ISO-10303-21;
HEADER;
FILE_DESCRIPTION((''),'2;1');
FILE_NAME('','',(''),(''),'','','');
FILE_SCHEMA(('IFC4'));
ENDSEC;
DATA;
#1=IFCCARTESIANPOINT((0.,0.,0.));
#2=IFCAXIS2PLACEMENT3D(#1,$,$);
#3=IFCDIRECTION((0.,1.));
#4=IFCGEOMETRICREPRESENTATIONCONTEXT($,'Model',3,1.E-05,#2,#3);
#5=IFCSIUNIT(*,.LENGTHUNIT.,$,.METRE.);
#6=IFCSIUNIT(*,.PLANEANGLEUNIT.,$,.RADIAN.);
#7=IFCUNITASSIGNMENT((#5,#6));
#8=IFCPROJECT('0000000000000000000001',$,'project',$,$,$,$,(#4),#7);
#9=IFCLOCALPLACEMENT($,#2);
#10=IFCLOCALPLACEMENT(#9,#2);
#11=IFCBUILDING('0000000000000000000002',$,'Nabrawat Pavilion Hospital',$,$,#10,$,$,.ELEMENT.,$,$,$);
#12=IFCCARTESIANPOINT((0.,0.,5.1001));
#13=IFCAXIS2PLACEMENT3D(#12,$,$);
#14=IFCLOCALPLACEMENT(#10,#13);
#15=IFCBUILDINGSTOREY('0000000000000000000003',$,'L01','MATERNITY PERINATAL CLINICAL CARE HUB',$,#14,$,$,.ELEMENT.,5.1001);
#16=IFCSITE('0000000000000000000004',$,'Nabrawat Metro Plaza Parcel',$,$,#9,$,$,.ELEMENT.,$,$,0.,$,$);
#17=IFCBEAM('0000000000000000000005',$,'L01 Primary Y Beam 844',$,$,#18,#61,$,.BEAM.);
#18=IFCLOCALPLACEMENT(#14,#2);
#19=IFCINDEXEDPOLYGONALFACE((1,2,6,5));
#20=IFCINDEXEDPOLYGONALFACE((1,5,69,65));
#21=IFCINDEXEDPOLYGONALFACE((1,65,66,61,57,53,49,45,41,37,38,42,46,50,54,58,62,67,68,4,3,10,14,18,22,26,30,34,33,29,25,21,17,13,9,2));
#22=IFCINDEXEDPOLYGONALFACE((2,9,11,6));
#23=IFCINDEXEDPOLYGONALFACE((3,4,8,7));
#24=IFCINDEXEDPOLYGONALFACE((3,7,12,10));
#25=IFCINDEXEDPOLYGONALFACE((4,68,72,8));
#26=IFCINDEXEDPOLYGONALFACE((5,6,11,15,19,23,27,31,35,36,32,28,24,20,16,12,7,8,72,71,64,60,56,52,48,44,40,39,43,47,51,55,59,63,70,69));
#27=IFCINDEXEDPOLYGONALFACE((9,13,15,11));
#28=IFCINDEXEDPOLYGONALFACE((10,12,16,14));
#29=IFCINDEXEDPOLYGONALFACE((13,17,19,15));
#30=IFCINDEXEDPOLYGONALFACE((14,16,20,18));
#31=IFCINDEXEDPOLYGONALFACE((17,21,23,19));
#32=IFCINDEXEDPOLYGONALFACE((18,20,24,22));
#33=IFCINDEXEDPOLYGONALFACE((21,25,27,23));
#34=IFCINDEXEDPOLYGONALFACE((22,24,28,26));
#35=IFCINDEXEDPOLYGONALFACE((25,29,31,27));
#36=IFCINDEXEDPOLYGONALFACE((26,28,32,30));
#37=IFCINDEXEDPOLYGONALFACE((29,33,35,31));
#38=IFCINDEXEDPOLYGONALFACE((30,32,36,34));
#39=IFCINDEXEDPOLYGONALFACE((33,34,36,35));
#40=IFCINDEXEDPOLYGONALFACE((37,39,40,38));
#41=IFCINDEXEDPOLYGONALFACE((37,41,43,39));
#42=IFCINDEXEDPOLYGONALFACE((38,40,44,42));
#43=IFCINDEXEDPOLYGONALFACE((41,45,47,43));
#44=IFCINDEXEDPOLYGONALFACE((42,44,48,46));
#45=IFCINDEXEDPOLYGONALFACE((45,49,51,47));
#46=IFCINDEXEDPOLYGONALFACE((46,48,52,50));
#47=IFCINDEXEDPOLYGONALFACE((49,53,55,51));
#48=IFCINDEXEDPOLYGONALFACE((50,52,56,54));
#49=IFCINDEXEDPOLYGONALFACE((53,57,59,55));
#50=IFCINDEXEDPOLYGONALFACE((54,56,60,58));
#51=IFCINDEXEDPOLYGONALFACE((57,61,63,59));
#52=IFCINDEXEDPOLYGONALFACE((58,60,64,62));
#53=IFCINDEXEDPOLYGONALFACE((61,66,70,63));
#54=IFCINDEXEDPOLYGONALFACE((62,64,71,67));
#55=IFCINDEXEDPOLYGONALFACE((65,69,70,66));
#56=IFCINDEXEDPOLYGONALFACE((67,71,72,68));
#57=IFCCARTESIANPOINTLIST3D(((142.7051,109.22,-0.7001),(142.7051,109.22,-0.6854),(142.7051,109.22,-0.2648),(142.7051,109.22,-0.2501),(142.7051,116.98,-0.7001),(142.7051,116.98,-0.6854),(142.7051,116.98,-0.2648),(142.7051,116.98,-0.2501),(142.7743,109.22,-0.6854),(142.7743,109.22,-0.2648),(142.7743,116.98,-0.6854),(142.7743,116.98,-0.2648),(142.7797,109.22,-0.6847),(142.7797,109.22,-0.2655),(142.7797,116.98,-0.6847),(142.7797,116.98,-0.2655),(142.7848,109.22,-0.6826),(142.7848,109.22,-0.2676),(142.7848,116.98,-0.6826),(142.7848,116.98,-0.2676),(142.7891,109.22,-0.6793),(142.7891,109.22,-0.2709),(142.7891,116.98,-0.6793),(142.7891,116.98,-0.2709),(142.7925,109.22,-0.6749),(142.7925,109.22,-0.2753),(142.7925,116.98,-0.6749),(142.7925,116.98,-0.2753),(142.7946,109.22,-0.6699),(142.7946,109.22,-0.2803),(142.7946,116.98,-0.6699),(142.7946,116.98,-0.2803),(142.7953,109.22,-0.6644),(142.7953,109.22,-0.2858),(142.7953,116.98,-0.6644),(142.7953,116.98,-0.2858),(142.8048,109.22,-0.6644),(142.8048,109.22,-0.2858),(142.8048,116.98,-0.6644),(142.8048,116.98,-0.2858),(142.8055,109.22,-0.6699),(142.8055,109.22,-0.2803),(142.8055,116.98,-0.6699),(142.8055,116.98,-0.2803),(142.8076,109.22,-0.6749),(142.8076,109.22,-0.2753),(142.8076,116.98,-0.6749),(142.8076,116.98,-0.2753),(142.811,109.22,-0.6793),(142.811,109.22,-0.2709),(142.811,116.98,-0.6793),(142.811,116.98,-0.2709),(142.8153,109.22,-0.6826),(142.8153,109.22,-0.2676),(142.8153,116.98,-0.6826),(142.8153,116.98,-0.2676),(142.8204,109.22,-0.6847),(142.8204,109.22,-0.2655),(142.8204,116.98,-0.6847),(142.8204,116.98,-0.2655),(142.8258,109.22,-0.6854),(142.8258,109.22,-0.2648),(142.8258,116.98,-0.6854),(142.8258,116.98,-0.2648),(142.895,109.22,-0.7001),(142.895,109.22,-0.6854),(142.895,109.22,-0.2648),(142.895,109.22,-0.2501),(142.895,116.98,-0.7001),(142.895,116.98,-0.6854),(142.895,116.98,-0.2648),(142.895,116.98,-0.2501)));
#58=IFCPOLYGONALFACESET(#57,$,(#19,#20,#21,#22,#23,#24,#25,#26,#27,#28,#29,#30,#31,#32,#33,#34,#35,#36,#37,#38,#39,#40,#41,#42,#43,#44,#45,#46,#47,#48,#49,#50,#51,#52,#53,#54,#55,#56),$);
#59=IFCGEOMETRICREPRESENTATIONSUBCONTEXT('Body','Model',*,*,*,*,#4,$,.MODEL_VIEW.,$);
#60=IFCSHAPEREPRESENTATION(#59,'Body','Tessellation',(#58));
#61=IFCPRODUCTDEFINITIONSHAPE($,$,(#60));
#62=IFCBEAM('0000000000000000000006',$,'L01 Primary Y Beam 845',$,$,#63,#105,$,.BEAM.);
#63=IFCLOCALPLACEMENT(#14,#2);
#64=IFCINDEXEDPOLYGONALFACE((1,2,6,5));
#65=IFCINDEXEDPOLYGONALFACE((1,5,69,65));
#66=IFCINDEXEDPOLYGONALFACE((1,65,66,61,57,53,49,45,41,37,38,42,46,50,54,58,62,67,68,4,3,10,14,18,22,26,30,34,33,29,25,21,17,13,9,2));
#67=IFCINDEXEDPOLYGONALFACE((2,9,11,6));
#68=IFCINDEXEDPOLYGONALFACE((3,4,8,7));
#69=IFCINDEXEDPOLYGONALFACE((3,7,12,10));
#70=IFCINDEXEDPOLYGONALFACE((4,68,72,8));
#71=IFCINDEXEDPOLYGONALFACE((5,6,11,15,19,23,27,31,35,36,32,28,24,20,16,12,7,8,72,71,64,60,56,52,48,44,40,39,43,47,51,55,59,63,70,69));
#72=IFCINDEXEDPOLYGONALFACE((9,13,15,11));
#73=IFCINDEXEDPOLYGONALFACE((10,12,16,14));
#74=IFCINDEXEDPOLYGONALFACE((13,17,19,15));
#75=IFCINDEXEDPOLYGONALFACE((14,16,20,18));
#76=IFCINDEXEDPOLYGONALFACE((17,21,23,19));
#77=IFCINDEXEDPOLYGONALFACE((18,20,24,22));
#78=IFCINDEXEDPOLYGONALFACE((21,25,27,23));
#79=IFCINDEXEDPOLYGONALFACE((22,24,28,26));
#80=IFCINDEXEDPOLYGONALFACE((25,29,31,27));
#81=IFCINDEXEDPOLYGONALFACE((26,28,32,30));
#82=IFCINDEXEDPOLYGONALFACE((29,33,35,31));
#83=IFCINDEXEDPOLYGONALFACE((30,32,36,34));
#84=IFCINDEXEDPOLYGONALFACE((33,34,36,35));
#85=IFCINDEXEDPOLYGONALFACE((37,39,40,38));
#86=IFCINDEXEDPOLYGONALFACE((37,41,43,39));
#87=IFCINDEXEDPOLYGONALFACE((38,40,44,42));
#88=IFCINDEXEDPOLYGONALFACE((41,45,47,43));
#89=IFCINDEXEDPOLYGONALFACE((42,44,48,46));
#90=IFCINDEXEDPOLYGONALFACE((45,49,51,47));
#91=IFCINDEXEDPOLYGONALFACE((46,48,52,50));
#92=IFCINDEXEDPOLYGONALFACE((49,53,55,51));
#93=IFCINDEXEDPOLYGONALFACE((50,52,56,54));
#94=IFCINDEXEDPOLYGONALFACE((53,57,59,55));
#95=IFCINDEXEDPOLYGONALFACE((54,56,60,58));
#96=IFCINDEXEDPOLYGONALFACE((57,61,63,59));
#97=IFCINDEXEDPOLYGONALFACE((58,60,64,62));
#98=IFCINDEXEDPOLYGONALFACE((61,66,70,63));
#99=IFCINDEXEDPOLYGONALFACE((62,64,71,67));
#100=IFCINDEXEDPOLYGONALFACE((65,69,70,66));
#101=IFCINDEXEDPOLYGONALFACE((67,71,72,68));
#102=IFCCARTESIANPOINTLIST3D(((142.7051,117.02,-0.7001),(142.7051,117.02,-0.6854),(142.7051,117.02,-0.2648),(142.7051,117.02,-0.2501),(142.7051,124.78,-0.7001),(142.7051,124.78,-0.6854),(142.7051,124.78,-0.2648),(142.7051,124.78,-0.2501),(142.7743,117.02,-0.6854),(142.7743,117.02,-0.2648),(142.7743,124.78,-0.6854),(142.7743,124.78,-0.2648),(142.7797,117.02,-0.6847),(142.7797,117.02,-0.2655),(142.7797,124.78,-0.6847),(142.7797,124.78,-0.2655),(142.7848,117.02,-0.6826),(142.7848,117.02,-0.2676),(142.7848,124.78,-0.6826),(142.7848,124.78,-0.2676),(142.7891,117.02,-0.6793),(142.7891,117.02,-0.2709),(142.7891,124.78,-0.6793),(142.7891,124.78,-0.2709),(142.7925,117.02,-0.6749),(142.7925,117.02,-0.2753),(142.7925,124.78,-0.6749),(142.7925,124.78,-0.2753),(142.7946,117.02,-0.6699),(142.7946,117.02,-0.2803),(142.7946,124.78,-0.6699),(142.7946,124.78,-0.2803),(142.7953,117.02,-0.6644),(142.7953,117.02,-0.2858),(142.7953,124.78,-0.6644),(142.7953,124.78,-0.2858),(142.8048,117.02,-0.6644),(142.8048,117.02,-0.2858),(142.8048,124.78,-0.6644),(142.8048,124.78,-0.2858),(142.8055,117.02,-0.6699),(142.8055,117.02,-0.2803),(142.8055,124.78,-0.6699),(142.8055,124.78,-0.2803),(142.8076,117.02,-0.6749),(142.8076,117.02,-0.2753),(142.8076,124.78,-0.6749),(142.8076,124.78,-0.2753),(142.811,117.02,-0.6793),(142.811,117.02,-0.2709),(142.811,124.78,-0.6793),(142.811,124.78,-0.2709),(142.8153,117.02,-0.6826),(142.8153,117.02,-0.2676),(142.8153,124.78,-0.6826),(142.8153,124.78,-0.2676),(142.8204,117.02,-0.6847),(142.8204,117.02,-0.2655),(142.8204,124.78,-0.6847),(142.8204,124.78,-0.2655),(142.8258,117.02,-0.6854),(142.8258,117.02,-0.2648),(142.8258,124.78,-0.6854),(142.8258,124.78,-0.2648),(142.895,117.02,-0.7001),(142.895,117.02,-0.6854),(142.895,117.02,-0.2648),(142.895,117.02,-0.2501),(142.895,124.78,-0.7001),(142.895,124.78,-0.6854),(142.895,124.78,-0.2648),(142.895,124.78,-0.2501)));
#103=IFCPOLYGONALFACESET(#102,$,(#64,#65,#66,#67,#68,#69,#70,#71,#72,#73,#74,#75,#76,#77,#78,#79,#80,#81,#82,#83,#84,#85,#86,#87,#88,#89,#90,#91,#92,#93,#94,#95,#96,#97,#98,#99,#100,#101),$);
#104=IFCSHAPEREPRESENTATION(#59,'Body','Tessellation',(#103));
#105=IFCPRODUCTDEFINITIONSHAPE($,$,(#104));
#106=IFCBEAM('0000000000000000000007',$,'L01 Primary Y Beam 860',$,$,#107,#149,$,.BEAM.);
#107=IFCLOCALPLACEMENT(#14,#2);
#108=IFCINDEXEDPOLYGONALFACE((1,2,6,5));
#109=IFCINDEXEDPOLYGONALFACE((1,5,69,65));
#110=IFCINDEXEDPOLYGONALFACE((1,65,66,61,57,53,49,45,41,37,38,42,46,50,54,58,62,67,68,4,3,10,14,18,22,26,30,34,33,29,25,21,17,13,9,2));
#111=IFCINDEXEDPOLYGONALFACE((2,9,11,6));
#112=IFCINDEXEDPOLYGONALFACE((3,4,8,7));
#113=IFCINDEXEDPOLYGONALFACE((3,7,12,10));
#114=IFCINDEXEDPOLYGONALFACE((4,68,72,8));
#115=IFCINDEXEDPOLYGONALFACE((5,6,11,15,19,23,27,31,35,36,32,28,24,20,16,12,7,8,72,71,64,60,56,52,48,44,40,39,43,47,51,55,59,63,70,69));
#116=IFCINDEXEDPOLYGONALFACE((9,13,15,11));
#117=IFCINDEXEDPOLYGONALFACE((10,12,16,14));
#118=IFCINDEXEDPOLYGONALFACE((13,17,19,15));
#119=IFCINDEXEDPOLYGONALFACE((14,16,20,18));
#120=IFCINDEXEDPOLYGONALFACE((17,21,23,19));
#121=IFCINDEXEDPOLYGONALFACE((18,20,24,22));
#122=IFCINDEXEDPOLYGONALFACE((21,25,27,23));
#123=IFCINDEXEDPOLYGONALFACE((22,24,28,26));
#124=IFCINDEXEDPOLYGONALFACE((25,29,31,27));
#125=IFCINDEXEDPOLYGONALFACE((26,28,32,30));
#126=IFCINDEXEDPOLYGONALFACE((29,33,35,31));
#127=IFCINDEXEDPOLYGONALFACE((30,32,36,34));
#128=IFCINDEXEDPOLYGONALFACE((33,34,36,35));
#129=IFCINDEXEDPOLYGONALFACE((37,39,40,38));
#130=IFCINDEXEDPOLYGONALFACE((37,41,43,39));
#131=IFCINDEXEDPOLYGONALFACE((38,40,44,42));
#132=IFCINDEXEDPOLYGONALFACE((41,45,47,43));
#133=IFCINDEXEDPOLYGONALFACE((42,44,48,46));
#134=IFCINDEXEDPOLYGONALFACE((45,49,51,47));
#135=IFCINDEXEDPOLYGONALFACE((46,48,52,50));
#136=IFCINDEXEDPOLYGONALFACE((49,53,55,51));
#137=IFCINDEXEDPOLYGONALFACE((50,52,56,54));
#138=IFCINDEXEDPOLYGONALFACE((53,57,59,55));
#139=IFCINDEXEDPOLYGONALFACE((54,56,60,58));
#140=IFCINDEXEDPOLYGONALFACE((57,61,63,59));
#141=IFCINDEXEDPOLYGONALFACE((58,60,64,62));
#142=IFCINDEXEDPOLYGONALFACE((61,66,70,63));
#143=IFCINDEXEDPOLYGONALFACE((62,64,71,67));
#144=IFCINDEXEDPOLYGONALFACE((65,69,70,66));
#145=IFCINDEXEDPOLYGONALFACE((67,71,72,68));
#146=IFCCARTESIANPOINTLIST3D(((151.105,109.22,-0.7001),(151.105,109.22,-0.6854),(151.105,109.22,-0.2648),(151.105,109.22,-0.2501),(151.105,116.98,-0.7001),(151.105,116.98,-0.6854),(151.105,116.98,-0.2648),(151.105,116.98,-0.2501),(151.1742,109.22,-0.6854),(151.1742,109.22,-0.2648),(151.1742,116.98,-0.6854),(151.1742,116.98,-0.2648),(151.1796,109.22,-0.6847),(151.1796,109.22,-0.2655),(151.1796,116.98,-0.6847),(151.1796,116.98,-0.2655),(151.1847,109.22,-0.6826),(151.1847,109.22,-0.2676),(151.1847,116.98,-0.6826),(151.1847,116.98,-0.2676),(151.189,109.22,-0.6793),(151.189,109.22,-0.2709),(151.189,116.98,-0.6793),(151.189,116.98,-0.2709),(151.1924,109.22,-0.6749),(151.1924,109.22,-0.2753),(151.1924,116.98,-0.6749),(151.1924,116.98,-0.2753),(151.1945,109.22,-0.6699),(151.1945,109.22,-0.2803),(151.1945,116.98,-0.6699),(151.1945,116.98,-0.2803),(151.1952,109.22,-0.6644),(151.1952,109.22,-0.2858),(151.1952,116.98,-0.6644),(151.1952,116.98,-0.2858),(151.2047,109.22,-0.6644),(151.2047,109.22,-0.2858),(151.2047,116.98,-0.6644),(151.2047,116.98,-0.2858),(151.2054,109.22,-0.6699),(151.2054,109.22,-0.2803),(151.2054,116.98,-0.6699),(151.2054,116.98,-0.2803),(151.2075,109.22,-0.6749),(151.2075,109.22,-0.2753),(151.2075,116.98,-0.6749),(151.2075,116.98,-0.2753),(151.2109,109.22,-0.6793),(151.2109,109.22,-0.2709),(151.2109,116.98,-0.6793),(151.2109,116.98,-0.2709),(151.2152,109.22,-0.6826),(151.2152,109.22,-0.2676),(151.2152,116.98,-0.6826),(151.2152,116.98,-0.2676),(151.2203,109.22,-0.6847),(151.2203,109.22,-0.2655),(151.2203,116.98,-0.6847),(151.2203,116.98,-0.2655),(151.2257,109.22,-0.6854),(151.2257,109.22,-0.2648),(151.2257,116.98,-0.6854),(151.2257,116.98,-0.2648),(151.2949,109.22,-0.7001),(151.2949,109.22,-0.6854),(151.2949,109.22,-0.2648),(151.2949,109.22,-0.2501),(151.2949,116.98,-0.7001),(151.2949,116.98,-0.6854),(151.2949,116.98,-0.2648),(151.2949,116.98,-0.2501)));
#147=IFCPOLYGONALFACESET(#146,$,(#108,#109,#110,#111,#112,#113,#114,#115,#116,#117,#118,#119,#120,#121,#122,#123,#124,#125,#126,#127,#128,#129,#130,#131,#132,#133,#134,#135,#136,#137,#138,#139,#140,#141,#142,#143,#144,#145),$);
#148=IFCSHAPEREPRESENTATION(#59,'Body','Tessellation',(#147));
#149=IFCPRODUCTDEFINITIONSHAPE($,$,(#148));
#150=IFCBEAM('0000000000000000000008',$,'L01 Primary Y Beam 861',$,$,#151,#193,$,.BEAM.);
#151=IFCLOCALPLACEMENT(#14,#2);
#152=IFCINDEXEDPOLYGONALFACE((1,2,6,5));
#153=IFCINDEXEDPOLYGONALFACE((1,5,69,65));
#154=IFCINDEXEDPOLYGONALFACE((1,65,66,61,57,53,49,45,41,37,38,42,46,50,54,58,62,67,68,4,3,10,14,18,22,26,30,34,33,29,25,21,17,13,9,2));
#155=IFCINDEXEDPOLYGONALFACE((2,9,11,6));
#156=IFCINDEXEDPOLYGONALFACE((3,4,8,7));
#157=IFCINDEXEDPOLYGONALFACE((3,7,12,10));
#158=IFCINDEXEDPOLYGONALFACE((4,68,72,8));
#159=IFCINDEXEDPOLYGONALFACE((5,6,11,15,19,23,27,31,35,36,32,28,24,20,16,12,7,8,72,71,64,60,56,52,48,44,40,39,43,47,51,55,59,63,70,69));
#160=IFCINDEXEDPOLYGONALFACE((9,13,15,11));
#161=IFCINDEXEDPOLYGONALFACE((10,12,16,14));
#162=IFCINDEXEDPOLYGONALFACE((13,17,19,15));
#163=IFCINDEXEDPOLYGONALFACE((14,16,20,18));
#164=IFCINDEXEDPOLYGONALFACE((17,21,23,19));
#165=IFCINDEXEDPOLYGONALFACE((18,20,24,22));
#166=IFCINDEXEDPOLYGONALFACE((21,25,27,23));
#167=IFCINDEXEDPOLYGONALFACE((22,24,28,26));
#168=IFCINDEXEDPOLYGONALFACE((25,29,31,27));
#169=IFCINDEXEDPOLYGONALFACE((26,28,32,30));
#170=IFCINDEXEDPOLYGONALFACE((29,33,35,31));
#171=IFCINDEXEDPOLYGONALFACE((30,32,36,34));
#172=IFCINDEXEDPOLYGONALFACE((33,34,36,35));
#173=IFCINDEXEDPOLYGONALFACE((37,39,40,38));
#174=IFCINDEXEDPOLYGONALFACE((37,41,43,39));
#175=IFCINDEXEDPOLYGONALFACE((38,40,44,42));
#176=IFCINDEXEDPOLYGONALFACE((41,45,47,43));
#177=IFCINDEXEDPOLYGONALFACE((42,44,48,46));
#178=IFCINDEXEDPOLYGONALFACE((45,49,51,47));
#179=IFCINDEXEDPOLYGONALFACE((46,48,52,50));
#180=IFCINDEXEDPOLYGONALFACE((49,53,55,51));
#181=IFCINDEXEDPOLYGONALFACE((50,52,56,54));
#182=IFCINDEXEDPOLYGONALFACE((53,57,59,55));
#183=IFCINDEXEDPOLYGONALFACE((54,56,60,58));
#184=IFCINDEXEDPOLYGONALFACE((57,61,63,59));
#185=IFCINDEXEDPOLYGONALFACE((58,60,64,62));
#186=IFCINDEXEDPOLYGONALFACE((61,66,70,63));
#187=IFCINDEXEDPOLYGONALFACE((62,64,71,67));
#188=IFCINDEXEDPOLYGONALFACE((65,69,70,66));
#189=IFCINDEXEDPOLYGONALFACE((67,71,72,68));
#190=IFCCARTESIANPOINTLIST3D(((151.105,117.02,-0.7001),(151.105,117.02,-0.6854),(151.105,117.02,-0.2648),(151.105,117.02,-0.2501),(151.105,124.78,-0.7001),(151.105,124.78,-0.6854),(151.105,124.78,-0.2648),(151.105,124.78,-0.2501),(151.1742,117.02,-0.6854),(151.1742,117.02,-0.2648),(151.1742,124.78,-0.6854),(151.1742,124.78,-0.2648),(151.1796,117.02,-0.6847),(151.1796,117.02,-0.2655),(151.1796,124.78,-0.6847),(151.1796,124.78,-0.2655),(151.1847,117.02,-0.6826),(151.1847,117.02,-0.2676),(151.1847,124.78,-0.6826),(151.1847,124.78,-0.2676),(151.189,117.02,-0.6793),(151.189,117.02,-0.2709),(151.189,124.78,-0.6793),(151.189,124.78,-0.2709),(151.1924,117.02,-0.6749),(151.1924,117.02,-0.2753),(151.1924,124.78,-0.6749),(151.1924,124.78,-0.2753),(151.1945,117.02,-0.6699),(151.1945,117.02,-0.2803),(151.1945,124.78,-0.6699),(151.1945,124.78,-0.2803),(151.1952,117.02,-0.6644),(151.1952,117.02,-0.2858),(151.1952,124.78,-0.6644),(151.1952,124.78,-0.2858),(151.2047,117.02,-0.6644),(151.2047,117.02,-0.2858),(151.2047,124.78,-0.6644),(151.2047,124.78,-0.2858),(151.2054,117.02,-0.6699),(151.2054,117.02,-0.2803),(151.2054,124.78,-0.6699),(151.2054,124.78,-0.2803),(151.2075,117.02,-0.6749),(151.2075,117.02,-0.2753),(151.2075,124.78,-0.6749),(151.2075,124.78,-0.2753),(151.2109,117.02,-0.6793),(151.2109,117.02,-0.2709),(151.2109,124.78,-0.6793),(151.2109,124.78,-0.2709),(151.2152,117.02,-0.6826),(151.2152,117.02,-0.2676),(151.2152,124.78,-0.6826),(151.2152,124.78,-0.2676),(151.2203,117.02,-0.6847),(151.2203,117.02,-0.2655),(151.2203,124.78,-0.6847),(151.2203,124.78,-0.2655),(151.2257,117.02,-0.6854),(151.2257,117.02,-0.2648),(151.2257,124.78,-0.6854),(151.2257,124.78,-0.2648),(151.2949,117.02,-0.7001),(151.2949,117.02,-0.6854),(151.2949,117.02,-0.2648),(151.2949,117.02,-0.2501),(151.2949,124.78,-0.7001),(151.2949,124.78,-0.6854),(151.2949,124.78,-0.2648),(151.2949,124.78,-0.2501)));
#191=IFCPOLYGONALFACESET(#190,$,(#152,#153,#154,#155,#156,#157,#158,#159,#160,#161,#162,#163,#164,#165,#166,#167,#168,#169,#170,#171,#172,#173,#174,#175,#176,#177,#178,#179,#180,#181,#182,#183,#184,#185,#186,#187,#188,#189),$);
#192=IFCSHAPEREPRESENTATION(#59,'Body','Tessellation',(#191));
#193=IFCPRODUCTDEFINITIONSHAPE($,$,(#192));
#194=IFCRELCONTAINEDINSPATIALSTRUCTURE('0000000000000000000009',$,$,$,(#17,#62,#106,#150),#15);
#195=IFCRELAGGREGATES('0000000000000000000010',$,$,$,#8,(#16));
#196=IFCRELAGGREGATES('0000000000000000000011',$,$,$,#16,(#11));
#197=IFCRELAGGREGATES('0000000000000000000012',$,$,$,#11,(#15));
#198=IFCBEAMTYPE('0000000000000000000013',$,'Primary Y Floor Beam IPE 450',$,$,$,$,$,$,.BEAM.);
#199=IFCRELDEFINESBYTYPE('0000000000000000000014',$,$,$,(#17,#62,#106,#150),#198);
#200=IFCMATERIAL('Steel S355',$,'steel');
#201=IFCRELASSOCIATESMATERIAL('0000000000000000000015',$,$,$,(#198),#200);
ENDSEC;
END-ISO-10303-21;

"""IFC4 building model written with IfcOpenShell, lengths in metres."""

from ifc_helpers import new_model, si_unit, direction, frame, origin, origin_2d, place, context, subcontext, project, spatial, i_section, extrude, material, material_profile, profile_set, type_object, element, save


model = new_model("IFC4")

# Units and contexts
model_context = context("Model", 3, precision=1e-05, world=origin(), true_north=direction((0.0, 1.0)))
body_context = subcontext(model_context, "Body", "Model", "MODEL_VIEW")
ifc_project = project(units=[si_unit("LENGTHUNIT", "METRE"), si_unit("PLANEANGLEUNIT", "RADIAN")], contexts=[model_context])

# Site, building, storey
site_placement = place(None, origin())
site = spatial("IfcSite", under=ifc_project, at=site_placement, Name="Nabrawat Metro Plaza Parcel", CompositionType="ELEMENT", RefElevation=0.0)
building_placement = place(site_placement, origin())
building = spatial("IfcBuilding", under=site, at=building_placement, Name="Nabrawat Pavilion Hospital", CompositionType="ELEMENT")
storey_placement = place(building_placement, frame((0.0, 0.0, 5.1001)))
storey = spatial("IfcBuildingStorey", under=building, at=storey_placement, Name="L01", Description="MATERNITY PERINATAL CLINICAL CARE HUB", CompositionType="ELEMENT", Elevation=5.1001)

# Shared definitions
ifc_material_1 = material(Name="Steel S355", Category="steel")

# Beams
ifc_material_profile_1 = material_profile(ifc_material_1, i_section(OverallWidth=0.1899, OverallDepth=0.45, WebThickness=0.0095, FlangeThickness=0.0146, FilletRadius=0.021, at=origin_2d()), Name="IPE 450")
ifc_profile_set_1 = profile_set([ifc_material_profile_1], Name="Steel S355")
beam_type_1 = type_object("IfcBeamType", Name="Primary Y Floor Beam IPE 450", PredefinedType="BEAM", material=ifc_profile_set_1)
for number, where, z_axis, x_axis, name in (
    (1, (142.8, 109.22, -0.4751), (0.0, 1.0, 0.0), (-1.0, 0.0, 0.0), "L01 Primary Y Beam 844"),
    (2, (142.8, 117.02, -0.4751), (0.0, 1.0, 0.0), (-1.0, 0.0, 0.0), "L01 Primary Y Beam 845"),
    (3, (151.2, 109.22, -0.4751), (0.0, 1.0, 0.0), (-1.0, 0.0, 0.0), "L01 Primary Y Beam 860"),
    (4, (151.2, 117.02, -0.4751), (0.0, 1.0, 0.0), (-1.0, 0.0, 0.0), "L01 Primary Y Beam 861"),
):
    element("IfcBeam", number, at=place(storey_placement, frame(where, z_axis=z_axis, x_axis=x_axis)), inside=storey, type_object=beam_type_1, Name=name, PredefinedType="BEAM", context=body_context, shape_type="SweptSolid", body=[
        extrude(i_section(OverallWidth=0.1899, OverallDepth=0.45, WebThickness=0.0095, FlangeThickness=0.0146, FilletRadius=0.021, at=origin_2d()), origin(), (0.0, 0.0, 1.0), 7.76),
    ])

save(model, "model.ifc")
